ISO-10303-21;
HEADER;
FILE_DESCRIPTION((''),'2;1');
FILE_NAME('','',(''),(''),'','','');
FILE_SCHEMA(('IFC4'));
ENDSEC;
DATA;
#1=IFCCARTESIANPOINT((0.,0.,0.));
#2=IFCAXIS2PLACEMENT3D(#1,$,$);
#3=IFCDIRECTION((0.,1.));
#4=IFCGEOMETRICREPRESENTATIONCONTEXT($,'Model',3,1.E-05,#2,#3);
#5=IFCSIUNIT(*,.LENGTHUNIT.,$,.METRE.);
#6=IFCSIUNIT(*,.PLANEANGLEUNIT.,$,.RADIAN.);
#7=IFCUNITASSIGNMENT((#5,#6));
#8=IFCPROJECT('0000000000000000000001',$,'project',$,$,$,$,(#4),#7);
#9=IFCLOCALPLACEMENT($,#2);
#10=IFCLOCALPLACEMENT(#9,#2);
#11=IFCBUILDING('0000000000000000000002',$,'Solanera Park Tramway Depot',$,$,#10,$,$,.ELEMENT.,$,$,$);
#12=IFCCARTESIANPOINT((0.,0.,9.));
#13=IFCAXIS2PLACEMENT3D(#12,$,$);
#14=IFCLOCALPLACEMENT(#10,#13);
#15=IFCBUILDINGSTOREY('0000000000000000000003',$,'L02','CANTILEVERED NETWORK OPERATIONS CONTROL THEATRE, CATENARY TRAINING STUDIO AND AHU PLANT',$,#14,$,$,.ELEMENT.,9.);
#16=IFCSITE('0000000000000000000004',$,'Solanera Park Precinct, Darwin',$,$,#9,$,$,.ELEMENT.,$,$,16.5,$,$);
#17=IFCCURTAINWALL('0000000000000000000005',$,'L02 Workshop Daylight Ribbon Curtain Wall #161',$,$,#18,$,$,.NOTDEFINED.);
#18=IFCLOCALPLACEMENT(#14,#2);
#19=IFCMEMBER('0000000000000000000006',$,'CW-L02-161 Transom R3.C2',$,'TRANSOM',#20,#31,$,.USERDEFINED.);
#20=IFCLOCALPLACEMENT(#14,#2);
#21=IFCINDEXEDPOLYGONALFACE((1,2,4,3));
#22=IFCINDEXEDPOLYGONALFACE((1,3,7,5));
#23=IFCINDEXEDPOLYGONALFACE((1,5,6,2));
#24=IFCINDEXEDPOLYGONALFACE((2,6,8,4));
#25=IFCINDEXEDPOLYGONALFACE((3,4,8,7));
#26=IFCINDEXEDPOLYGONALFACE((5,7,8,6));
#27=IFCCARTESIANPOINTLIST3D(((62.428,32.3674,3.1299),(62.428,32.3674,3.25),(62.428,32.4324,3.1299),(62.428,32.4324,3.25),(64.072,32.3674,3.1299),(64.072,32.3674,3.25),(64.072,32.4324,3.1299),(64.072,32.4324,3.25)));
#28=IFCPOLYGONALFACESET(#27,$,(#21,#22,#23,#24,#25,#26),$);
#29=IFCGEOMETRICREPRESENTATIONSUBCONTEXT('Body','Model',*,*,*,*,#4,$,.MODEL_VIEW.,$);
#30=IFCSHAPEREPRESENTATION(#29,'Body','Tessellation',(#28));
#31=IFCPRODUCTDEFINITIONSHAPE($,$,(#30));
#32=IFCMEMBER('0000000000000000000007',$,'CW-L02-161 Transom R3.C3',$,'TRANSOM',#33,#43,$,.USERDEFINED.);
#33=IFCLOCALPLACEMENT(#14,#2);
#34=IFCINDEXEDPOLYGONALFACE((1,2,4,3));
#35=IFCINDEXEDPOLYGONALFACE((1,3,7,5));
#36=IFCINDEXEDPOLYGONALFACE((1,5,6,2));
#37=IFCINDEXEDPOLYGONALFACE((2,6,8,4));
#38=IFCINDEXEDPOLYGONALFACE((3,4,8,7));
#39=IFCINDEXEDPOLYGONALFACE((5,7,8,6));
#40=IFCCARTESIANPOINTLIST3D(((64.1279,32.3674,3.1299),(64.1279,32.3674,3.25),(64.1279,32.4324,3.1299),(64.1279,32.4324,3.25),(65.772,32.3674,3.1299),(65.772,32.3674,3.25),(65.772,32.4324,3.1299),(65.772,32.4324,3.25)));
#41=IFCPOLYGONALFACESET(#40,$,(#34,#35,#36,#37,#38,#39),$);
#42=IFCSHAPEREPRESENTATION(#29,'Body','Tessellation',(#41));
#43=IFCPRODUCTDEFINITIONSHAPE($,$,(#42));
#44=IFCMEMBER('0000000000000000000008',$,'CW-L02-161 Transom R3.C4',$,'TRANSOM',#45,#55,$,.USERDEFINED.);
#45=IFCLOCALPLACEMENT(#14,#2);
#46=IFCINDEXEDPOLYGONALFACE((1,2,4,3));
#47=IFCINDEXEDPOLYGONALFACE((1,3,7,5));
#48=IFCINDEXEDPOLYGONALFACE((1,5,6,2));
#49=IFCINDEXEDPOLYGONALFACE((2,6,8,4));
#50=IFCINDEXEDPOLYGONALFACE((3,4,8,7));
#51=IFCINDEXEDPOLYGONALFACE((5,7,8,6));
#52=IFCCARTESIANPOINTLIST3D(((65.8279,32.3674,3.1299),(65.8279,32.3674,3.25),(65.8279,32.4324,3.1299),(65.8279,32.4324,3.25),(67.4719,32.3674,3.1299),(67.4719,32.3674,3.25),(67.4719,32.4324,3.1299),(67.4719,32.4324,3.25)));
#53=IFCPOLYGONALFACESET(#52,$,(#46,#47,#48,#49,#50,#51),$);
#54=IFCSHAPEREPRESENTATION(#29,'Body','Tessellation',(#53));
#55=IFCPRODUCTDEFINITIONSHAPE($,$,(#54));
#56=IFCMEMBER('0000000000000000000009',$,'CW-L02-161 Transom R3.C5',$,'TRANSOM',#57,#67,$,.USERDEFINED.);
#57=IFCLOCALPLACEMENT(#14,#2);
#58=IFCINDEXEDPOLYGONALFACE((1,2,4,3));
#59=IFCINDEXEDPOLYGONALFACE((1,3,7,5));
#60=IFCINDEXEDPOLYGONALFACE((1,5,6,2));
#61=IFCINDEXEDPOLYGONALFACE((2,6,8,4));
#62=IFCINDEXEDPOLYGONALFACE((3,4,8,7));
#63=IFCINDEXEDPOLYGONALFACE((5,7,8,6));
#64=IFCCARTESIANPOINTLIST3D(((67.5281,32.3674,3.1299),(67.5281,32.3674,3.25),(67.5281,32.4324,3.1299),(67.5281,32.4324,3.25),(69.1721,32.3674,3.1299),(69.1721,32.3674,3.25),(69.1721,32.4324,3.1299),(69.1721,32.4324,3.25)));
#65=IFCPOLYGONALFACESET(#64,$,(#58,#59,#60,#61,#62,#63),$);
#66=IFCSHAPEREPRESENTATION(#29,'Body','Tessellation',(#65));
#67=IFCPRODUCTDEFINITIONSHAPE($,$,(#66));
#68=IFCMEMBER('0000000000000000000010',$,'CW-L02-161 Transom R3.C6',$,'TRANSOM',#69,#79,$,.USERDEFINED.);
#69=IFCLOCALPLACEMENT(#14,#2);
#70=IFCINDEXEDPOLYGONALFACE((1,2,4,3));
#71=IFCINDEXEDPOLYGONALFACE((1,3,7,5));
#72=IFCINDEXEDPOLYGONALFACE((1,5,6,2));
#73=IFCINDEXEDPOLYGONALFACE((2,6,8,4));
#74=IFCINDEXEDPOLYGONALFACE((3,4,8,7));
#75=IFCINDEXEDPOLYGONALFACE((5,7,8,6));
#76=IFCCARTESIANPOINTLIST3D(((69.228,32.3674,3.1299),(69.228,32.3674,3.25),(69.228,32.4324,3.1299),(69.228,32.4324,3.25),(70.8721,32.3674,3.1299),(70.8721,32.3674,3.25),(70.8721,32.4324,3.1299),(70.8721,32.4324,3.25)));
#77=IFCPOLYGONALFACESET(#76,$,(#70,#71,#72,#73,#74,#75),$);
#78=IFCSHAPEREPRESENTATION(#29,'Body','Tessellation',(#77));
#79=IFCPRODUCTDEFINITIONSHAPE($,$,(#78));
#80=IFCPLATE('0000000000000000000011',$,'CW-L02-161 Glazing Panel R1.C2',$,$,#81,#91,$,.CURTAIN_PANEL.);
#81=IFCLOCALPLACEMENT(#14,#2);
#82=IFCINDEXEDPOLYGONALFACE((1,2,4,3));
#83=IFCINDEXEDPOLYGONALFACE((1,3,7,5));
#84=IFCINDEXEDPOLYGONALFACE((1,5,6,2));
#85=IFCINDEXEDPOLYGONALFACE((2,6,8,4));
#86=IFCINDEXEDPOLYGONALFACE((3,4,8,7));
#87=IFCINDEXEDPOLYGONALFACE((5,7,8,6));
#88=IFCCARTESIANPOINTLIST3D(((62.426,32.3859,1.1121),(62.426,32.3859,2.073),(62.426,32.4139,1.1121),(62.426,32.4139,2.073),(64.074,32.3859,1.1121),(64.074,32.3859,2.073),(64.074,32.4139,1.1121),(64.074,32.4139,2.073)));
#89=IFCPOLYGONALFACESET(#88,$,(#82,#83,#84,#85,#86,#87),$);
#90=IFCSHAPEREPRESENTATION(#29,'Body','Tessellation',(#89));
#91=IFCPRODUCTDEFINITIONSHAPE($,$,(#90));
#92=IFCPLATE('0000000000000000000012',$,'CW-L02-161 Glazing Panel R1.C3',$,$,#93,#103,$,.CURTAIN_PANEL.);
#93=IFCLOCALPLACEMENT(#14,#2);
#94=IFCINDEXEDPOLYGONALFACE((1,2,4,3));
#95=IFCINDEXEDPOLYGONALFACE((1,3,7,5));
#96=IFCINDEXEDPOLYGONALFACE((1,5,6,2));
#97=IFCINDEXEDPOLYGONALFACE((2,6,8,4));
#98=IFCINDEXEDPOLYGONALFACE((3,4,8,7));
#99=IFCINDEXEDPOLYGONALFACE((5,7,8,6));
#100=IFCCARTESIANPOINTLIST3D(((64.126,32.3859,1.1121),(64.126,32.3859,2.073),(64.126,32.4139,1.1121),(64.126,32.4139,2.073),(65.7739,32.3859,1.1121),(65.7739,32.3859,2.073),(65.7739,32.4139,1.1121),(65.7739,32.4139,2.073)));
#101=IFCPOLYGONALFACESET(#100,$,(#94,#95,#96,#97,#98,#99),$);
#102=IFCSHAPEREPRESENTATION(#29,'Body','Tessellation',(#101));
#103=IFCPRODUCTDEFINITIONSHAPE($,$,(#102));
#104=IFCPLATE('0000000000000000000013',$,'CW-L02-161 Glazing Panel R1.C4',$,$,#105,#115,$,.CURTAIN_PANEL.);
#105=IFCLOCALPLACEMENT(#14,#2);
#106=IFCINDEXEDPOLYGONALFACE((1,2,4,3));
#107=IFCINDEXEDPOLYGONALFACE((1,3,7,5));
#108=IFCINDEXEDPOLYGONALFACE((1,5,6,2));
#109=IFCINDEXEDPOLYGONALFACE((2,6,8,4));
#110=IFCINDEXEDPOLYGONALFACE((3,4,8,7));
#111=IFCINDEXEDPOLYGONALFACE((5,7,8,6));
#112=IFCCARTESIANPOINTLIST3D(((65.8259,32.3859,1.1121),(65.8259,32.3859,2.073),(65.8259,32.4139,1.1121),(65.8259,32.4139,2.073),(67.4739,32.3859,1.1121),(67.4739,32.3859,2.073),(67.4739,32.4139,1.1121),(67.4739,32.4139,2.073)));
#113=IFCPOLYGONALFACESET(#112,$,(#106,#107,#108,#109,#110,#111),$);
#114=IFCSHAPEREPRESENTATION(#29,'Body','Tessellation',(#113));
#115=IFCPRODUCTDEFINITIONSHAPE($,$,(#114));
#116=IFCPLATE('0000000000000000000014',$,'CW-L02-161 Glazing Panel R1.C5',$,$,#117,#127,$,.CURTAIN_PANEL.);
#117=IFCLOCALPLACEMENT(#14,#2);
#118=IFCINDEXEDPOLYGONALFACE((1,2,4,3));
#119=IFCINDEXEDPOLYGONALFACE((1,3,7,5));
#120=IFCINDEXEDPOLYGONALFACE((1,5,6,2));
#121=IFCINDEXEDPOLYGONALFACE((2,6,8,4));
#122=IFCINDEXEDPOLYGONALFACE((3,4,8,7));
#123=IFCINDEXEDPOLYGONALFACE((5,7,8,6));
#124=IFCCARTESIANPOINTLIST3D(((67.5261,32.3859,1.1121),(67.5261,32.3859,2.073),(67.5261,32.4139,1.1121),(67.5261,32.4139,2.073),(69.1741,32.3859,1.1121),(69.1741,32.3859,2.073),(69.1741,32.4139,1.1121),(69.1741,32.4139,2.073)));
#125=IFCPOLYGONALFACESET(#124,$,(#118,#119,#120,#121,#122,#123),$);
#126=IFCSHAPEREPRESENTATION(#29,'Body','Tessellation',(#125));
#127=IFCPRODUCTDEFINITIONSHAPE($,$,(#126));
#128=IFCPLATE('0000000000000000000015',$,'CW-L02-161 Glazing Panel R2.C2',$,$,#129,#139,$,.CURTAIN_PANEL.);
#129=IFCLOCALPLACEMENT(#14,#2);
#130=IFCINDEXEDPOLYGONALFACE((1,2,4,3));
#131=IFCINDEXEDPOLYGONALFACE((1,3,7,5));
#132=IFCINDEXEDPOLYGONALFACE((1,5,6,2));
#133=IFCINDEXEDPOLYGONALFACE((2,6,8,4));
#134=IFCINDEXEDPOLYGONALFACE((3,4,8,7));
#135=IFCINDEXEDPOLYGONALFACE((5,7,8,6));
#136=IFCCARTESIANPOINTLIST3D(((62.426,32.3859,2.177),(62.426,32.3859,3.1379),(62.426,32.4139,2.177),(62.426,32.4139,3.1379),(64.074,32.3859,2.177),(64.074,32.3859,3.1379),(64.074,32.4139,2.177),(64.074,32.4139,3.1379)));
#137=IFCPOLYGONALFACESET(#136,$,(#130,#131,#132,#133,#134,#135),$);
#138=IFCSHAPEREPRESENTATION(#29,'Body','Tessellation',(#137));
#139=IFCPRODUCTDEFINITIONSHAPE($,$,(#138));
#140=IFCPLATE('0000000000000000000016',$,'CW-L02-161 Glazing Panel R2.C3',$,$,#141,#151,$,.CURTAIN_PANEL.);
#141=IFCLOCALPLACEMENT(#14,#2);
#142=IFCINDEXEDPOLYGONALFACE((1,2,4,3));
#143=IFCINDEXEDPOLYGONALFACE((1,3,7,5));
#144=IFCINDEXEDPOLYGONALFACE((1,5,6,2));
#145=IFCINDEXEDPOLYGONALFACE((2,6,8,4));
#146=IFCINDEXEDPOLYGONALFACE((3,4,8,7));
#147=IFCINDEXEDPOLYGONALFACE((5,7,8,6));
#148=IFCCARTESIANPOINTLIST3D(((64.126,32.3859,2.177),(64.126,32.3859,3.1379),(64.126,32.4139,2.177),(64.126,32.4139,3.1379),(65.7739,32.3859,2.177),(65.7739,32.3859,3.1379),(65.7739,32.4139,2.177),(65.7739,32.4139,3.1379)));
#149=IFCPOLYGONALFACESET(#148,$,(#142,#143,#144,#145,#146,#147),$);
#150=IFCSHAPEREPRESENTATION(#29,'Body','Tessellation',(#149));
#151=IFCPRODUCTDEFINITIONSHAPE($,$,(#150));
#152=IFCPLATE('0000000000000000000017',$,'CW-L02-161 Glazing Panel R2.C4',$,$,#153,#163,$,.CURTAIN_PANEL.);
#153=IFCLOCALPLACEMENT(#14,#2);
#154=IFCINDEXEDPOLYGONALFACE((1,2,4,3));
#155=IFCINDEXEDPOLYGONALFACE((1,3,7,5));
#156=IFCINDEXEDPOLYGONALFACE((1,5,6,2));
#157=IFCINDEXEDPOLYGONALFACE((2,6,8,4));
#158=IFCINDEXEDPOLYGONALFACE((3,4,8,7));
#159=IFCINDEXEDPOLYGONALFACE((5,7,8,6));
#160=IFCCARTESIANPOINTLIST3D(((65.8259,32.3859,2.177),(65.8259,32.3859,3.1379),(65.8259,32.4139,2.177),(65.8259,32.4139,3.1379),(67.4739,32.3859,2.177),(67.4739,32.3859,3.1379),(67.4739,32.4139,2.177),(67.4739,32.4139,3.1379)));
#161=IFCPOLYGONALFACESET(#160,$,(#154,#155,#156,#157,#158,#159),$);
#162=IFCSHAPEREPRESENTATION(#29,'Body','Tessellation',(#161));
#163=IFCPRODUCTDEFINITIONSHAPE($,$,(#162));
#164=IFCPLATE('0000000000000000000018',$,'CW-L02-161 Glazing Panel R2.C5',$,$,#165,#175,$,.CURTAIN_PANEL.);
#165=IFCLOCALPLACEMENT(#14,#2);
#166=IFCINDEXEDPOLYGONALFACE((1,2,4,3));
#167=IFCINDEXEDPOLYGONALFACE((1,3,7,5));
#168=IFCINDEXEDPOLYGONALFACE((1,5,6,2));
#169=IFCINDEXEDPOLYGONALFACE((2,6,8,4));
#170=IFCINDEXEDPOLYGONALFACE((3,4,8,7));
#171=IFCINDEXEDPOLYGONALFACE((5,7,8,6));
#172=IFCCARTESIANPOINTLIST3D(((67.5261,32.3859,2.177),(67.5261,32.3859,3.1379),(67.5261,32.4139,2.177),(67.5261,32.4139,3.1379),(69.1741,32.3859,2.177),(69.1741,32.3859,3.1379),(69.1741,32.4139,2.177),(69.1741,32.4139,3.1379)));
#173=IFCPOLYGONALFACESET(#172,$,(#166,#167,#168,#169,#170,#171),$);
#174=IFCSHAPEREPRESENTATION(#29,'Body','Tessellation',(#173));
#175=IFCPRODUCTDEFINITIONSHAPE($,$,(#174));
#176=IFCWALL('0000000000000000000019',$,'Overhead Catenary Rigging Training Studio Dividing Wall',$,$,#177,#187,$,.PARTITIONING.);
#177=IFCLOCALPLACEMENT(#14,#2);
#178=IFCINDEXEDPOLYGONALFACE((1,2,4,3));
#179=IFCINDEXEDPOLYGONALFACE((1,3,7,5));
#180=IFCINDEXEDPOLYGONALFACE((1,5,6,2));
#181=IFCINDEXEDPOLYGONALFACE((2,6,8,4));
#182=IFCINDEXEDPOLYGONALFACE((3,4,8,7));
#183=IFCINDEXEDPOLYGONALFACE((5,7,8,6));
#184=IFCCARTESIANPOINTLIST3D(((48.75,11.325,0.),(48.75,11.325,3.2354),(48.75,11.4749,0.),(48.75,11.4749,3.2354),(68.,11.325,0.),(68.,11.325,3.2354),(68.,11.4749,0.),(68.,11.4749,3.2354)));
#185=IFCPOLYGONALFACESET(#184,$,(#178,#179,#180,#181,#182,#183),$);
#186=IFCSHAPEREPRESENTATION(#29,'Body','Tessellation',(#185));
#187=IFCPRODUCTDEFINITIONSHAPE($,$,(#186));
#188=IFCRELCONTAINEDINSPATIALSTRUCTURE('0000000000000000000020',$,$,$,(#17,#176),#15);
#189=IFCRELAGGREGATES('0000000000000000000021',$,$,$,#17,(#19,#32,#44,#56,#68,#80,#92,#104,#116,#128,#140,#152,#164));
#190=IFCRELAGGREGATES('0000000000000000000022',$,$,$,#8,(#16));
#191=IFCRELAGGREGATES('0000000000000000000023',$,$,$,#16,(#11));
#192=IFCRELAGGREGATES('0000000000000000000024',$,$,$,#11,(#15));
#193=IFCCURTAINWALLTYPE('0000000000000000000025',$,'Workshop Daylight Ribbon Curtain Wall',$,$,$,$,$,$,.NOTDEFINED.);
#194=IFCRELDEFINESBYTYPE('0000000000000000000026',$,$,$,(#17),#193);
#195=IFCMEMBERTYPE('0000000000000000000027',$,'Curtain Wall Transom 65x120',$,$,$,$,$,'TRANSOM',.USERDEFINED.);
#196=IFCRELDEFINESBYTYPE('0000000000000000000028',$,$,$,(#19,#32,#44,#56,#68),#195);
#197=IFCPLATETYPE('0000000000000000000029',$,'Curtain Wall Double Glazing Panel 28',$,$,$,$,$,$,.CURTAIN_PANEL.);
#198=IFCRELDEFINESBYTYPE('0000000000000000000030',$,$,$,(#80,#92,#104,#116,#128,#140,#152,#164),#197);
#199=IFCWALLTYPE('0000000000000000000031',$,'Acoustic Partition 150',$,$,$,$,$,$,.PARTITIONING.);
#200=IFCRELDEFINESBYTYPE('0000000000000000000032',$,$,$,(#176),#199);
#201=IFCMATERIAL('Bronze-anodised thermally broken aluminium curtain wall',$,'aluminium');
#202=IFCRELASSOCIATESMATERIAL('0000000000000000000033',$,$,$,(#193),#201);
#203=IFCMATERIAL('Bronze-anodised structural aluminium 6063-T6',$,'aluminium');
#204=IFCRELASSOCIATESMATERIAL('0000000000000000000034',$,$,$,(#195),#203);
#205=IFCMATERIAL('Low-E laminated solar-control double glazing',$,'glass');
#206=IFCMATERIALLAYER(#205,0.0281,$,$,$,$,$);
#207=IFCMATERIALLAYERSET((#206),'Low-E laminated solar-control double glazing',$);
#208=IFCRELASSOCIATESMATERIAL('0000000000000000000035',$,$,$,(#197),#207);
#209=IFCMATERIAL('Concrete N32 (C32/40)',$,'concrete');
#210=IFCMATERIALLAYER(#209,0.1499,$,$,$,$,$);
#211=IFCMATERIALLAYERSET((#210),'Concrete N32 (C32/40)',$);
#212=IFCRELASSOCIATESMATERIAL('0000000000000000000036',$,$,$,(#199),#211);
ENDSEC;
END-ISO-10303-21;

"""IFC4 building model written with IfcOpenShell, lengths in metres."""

from ifc_helpers import new_model, si_unit, direction, frame, frame_2d, origin, origin_2d, place, context, subcontext, project, spatial, rectangle, extrude, material, layer, layer_set, material_profile, profile_set, type_object, element, aggregate, save


model = new_model("IFC4")

# Units and contexts
model_context = context("Model", 3, precision=1e-05, world=origin(), true_north=direction((0.0, 1.0)))
body_context = subcontext(model_context, "Body", "Model", "MODEL_VIEW")
ifc_project = project(units=[si_unit("LENGTHUNIT", "METRE"), si_unit("PLANEANGLEUNIT", "RADIAN")], contexts=[model_context])

# Site, building, storey
site_placement = place(None, origin())
site = spatial("IfcSite", under=ifc_project, at=site_placement, Name="Solanera Park Precinct, Darwin", CompositionType="ELEMENT", RefElevation=16.5)
building_placement = place(site_placement, origin())
building = spatial("IfcBuilding", under=site, at=building_placement, Name="Solanera Park Tramway Depot", CompositionType="ELEMENT")
storey_placement = place(building_placement, frame((0.0, 0.0, 9.0)))
storey = spatial("IfcBuildingStorey", under=building, at=storey_placement, Name="L02", Description="CANTILEVERED NETWORK OPERATIONS CONTROL THEATRE, CATENARY TRAINING STUDIO AND AHU PLANT", CompositionType="ELEMENT", Elevation=9.0)

# Curtain wall, members, plates
ifc_material_1 = material(Name="Bronze-anodised thermally broken aluminium curtain wall", Category="aluminium")
curtain_wall_type = type_object("IfcCurtainWallType", Name="Workshop Daylight Ribbon Curtain Wall", PredefinedType="NOTDEFINED", material=ifc_material_1)
curtain_wall_placement = place(storey_placement, origin())
curtain_wall = element("IfcCurtainWall", 1, at=curtain_wall_placement, inside=storey, type_object=curtain_wall_type, Name="L02 Workshop Daylight Ribbon Curtain Wall #161", PredefinedType="NOTDEFINED")
ifc_material_2 = material(Name="Bronze-anodised structural aluminium 6063-T6", Category="aluminium")
ifc_material_profile_1 = material_profile(ifc_material_2, rectangle(XDim=0.0649, YDim=0.1201, at=origin_2d()), Name="Curtain Wall Transom 65x120")
ifc_profile_set_1 = profile_set([ifc_material_profile_1], Name="Bronze-anodised structural aluminium 6063-T6")
member_type_1 = type_object("IfcMemberType", Name="Curtain Wall Transom 65x120", ElementType="TRANSOM", PredefinedType="USERDEFINED", material=ifc_profile_set_1)
member_1_placement = place(storey_placement, frame((62.428, 32.3999, 3.1899), z_axis=(1.0, 0.0, 0.0), x_axis=(0.0, 1.0, 0.0)))
member_1 = element("IfcMember", 2, at=member_1_placement, type_object=member_type_1, Name="CW-L02-161 Transom R3.C2", ObjectType="TRANSOM", PredefinedType="USERDEFINED", context=body_context, shape_type="SweptSolid", body=[
    extrude(rectangle(XDim=0.0649, YDim=0.1201, at=origin_2d()), origin(), (0.0, 0.0, 1.0), 1.644),
])
member_2_placement = place(storey_placement, frame((64.1279, 32.3999, 3.1899), z_axis=(1.0, 0.0, 0.0), x_axis=(0.0, 1.0, 0.0)))
member_2 = element("IfcMember", 3, at=member_2_placement, type_object=member_type_1, Name="CW-L02-161 Transom R3.C3", ObjectType="TRANSOM", PredefinedType="USERDEFINED", context=body_context, shape_type="SweptSolid", body=[
    extrude(rectangle(XDim=0.0649, YDim=0.1201, at=origin_2d()), origin(), (0.0, 0.0, 1.0), 1.644),
])
member_3_placement = place(storey_placement, frame((65.8279, 32.3999, 3.1899), z_axis=(1.0, 0.0, 0.0), x_axis=(0.0, 1.0, 0.0)))
member_3 = element("IfcMember", 4, at=member_3_placement, type_object=member_type_1, Name="CW-L02-161 Transom R3.C4", ObjectType="TRANSOM", PredefinedType="USERDEFINED", context=body_context, shape_type="SweptSolid", body=[
    extrude(rectangle(XDim=0.0649, YDim=0.1201, at=origin_2d()), origin(), (0.0, 0.0, 1.0), 1.644),
])
member_4_placement = place(storey_placement, frame((67.5281, 32.3999, 3.1899), z_axis=(1.0, 0.0, 0.0), x_axis=(0.0, 1.0, 0.0)))
member_4 = element("IfcMember", 5, at=member_4_placement, type_object=member_type_1, Name="CW-L02-161 Transom R3.C5", ObjectType="TRANSOM", PredefinedType="USERDEFINED", context=body_context, shape_type="SweptSolid", body=[
    extrude(rectangle(XDim=0.0649, YDim=0.1201, at=origin_2d()), origin(), (0.0, 0.0, 1.0), 1.644),
])
member_5_placement = place(storey_placement, frame((69.228, 32.3999, 3.1899), z_axis=(1.0, 0.0, 0.0), x_axis=(0.0, 1.0, 0.0)))
member_5 = element("IfcMember", 6, at=member_5_placement, type_object=member_type_1, Name="CW-L02-161 Transom R3.C6", ObjectType="TRANSOM", PredefinedType="USERDEFINED", context=body_context, shape_type="SweptSolid", body=[
    extrude(rectangle(XDim=0.0649, YDim=0.1201, at=origin_2d()), origin(), (0.0, 0.0, 1.0), 1.644),
])
ifc_material_3 = material(Name="Low-E laminated solar-control double glazing", Category="glass")
ifc_layer_1 = layer(ifc_material_3, 0.0281)
ifc_layer_set_1 = layer_set([ifc_layer_1], Name="Low-E laminated solar-control double glazing")
plate_type = type_object("IfcPlateType", Name="Curtain Wall Double Glazing Panel 28", PredefinedType="CURTAIN_PANEL", material=ifc_layer_set_1)
plate_1_placement = place(storey_placement, frame((63.25, 32.3999, 1.1121), z_axis=(0.0, 0.0, 1.0), x_axis=(1.0, 0.0, 0.0)))
plate_1 = element("IfcPlate", 7, at=plate_1_placement, type_object=plate_type, Name="CW-L02-161 Glazing Panel R1.C2", PredefinedType="CURTAIN_PANEL", context=body_context, shape_type="SweptSolid", body=[
    extrude(rectangle(XDim=1.6479, YDim=0.0281, at=origin_2d()), origin(), (0.0, 0.0, 1.0), 0.9609),
])
plate_2_placement = place(storey_placement, frame((64.95, 32.3999, 1.1121), z_axis=(0.0, 0.0, 1.0), x_axis=(1.0, 0.0, 0.0)))
plate_2 = element("IfcPlate", 8, at=plate_2_placement, type_object=plate_type, Name="CW-L02-161 Glazing Panel R1.C3", PredefinedType="CURTAIN_PANEL", context=body_context, shape_type="SweptSolid", body=[
    extrude(rectangle(XDim=1.6479, YDim=0.0281, at=origin_2d()), origin(), (0.0, 0.0, 1.0), 0.9609),
])
plate_3_placement = place(storey_placement, frame((66.6499, 32.3999, 1.1121), z_axis=(0.0, 0.0, 1.0), x_axis=(1.0, 0.0, 0.0)))
plate_3 = element("IfcPlate", 9, at=plate_3_placement, type_object=plate_type, Name="CW-L02-161 Glazing Panel R1.C4", PredefinedType="CURTAIN_PANEL", context=body_context, shape_type="SweptSolid", body=[
    extrude(rectangle(XDim=1.6479, YDim=0.0281, at=origin_2d()), origin(), (0.0, 0.0, 1.0), 0.9609),
])
plate_4_placement = place(storey_placement, frame((68.3501, 32.3999, 1.1121), z_axis=(0.0, 0.0, 1.0), x_axis=(1.0, 0.0, 0.0)))
plate_4 = element("IfcPlate", 10, at=plate_4_placement, type_object=plate_type, Name="CW-L02-161 Glazing Panel R1.C5", PredefinedType="CURTAIN_PANEL", context=body_context, shape_type="SweptSolid", body=[
    extrude(rectangle(XDim=1.6479, YDim=0.0281, at=origin_2d()), origin(), (0.0, 0.0, 1.0), 0.9609),
])
plate_5_placement = place(storey_placement, frame((63.25, 32.3999, 2.177), z_axis=(0.0, 0.0, 1.0), x_axis=(1.0, 0.0, 0.0)))
plate_5 = element("IfcPlate", 11, at=plate_5_placement, type_object=plate_type, Name="CW-L02-161 Glazing Panel R2.C2", PredefinedType="CURTAIN_PANEL", context=body_context, shape_type="SweptSolid", body=[
    extrude(rectangle(XDim=1.6479, YDim=0.0281, at=origin_2d()), origin(), (0.0, 0.0, 1.0), 0.9609),
])
plate_6_placement = place(storey_placement, frame((64.95, 32.3999, 2.177), z_axis=(0.0, 0.0, 1.0), x_axis=(1.0, 0.0, 0.0)))
plate_6 = element("IfcPlate", 12, at=plate_6_placement, type_object=plate_type, Name="CW-L02-161 Glazing Panel R2.C3", PredefinedType="CURTAIN_PANEL", context=body_context, shape_type="SweptSolid", body=[
    extrude(rectangle(XDim=1.6479, YDim=0.0281, at=origin_2d()), origin(), (0.0, 0.0, 1.0), 0.9609),
])
plate_7_placement = place(storey_placement, frame((66.6499, 32.3999, 2.177), z_axis=(0.0, 0.0, 1.0), x_axis=(1.0, 0.0, 0.0)))
plate_7 = element("IfcPlate", 13, at=plate_7_placement, type_object=plate_type, Name="CW-L02-161 Glazing Panel R2.C4", PredefinedType="CURTAIN_PANEL", context=body_context, shape_type="SweptSolid", body=[
    extrude(rectangle(XDim=1.6479, YDim=0.0281, at=origin_2d()), origin(), (0.0, 0.0, 1.0), 0.9609),
])
plate_8_placement = place(storey_placement, frame((68.3501, 32.3999, 2.177), z_axis=(0.0, 0.0, 1.0), x_axis=(1.0, 0.0, 0.0)))
plate_8 = element("IfcPlate", 14, at=plate_8_placement, type_object=plate_type, Name="CW-L02-161 Glazing Panel R2.C5", PredefinedType="CURTAIN_PANEL", context=body_context, shape_type="SweptSolid", body=[
    extrude(rectangle(XDim=1.6479, YDim=0.0281, at=origin_2d()), origin(), (0.0, 0.0, 1.0), 0.9609),
])
aggregate(curtain_wall, [member_1, member_2, member_3, member_4, member_5, plate_1, plate_2, plate_3, plate_4, plate_5, plate_6, plate_7, plate_8])

# Wall
ifc_material_4 = material(Name="Concrete N32 (C32/40)", Category="concrete")
ifc_layer_2 = layer(ifc_material_4, 0.1499)
ifc_layer_set_2 = layer_set([ifc_layer_2], Name="Concrete N32 (C32/40)")
wall_type_1 = type_object("IfcWallType", Name="Acoustic Partition 150", PredefinedType="PARTITIONING", material=ifc_layer_set_2)
wall_1_placement = place(storey_placement, frame((68.0, 11.3999, 0.0), z_axis=(0.0, 0.0, 1.0), x_axis=(-1.0, 0.0, 0.0)))
element("IfcWall", 15, at=wall_1_placement, inside=storey, type_object=wall_type_1, Name="Overhead Catenary Rigging Training Studio Dividing Wall", PredefinedType="PARTITIONING", context=body_context, shape_type="SweptSolid", body=[
    extrude(rectangle(XDim=19.25, YDim=0.1499, at=frame_2d((9.625, 0.0))), origin(), (0.0, 0.0, 1.0), 3.2354),
])

save(model, "model.ifc")
